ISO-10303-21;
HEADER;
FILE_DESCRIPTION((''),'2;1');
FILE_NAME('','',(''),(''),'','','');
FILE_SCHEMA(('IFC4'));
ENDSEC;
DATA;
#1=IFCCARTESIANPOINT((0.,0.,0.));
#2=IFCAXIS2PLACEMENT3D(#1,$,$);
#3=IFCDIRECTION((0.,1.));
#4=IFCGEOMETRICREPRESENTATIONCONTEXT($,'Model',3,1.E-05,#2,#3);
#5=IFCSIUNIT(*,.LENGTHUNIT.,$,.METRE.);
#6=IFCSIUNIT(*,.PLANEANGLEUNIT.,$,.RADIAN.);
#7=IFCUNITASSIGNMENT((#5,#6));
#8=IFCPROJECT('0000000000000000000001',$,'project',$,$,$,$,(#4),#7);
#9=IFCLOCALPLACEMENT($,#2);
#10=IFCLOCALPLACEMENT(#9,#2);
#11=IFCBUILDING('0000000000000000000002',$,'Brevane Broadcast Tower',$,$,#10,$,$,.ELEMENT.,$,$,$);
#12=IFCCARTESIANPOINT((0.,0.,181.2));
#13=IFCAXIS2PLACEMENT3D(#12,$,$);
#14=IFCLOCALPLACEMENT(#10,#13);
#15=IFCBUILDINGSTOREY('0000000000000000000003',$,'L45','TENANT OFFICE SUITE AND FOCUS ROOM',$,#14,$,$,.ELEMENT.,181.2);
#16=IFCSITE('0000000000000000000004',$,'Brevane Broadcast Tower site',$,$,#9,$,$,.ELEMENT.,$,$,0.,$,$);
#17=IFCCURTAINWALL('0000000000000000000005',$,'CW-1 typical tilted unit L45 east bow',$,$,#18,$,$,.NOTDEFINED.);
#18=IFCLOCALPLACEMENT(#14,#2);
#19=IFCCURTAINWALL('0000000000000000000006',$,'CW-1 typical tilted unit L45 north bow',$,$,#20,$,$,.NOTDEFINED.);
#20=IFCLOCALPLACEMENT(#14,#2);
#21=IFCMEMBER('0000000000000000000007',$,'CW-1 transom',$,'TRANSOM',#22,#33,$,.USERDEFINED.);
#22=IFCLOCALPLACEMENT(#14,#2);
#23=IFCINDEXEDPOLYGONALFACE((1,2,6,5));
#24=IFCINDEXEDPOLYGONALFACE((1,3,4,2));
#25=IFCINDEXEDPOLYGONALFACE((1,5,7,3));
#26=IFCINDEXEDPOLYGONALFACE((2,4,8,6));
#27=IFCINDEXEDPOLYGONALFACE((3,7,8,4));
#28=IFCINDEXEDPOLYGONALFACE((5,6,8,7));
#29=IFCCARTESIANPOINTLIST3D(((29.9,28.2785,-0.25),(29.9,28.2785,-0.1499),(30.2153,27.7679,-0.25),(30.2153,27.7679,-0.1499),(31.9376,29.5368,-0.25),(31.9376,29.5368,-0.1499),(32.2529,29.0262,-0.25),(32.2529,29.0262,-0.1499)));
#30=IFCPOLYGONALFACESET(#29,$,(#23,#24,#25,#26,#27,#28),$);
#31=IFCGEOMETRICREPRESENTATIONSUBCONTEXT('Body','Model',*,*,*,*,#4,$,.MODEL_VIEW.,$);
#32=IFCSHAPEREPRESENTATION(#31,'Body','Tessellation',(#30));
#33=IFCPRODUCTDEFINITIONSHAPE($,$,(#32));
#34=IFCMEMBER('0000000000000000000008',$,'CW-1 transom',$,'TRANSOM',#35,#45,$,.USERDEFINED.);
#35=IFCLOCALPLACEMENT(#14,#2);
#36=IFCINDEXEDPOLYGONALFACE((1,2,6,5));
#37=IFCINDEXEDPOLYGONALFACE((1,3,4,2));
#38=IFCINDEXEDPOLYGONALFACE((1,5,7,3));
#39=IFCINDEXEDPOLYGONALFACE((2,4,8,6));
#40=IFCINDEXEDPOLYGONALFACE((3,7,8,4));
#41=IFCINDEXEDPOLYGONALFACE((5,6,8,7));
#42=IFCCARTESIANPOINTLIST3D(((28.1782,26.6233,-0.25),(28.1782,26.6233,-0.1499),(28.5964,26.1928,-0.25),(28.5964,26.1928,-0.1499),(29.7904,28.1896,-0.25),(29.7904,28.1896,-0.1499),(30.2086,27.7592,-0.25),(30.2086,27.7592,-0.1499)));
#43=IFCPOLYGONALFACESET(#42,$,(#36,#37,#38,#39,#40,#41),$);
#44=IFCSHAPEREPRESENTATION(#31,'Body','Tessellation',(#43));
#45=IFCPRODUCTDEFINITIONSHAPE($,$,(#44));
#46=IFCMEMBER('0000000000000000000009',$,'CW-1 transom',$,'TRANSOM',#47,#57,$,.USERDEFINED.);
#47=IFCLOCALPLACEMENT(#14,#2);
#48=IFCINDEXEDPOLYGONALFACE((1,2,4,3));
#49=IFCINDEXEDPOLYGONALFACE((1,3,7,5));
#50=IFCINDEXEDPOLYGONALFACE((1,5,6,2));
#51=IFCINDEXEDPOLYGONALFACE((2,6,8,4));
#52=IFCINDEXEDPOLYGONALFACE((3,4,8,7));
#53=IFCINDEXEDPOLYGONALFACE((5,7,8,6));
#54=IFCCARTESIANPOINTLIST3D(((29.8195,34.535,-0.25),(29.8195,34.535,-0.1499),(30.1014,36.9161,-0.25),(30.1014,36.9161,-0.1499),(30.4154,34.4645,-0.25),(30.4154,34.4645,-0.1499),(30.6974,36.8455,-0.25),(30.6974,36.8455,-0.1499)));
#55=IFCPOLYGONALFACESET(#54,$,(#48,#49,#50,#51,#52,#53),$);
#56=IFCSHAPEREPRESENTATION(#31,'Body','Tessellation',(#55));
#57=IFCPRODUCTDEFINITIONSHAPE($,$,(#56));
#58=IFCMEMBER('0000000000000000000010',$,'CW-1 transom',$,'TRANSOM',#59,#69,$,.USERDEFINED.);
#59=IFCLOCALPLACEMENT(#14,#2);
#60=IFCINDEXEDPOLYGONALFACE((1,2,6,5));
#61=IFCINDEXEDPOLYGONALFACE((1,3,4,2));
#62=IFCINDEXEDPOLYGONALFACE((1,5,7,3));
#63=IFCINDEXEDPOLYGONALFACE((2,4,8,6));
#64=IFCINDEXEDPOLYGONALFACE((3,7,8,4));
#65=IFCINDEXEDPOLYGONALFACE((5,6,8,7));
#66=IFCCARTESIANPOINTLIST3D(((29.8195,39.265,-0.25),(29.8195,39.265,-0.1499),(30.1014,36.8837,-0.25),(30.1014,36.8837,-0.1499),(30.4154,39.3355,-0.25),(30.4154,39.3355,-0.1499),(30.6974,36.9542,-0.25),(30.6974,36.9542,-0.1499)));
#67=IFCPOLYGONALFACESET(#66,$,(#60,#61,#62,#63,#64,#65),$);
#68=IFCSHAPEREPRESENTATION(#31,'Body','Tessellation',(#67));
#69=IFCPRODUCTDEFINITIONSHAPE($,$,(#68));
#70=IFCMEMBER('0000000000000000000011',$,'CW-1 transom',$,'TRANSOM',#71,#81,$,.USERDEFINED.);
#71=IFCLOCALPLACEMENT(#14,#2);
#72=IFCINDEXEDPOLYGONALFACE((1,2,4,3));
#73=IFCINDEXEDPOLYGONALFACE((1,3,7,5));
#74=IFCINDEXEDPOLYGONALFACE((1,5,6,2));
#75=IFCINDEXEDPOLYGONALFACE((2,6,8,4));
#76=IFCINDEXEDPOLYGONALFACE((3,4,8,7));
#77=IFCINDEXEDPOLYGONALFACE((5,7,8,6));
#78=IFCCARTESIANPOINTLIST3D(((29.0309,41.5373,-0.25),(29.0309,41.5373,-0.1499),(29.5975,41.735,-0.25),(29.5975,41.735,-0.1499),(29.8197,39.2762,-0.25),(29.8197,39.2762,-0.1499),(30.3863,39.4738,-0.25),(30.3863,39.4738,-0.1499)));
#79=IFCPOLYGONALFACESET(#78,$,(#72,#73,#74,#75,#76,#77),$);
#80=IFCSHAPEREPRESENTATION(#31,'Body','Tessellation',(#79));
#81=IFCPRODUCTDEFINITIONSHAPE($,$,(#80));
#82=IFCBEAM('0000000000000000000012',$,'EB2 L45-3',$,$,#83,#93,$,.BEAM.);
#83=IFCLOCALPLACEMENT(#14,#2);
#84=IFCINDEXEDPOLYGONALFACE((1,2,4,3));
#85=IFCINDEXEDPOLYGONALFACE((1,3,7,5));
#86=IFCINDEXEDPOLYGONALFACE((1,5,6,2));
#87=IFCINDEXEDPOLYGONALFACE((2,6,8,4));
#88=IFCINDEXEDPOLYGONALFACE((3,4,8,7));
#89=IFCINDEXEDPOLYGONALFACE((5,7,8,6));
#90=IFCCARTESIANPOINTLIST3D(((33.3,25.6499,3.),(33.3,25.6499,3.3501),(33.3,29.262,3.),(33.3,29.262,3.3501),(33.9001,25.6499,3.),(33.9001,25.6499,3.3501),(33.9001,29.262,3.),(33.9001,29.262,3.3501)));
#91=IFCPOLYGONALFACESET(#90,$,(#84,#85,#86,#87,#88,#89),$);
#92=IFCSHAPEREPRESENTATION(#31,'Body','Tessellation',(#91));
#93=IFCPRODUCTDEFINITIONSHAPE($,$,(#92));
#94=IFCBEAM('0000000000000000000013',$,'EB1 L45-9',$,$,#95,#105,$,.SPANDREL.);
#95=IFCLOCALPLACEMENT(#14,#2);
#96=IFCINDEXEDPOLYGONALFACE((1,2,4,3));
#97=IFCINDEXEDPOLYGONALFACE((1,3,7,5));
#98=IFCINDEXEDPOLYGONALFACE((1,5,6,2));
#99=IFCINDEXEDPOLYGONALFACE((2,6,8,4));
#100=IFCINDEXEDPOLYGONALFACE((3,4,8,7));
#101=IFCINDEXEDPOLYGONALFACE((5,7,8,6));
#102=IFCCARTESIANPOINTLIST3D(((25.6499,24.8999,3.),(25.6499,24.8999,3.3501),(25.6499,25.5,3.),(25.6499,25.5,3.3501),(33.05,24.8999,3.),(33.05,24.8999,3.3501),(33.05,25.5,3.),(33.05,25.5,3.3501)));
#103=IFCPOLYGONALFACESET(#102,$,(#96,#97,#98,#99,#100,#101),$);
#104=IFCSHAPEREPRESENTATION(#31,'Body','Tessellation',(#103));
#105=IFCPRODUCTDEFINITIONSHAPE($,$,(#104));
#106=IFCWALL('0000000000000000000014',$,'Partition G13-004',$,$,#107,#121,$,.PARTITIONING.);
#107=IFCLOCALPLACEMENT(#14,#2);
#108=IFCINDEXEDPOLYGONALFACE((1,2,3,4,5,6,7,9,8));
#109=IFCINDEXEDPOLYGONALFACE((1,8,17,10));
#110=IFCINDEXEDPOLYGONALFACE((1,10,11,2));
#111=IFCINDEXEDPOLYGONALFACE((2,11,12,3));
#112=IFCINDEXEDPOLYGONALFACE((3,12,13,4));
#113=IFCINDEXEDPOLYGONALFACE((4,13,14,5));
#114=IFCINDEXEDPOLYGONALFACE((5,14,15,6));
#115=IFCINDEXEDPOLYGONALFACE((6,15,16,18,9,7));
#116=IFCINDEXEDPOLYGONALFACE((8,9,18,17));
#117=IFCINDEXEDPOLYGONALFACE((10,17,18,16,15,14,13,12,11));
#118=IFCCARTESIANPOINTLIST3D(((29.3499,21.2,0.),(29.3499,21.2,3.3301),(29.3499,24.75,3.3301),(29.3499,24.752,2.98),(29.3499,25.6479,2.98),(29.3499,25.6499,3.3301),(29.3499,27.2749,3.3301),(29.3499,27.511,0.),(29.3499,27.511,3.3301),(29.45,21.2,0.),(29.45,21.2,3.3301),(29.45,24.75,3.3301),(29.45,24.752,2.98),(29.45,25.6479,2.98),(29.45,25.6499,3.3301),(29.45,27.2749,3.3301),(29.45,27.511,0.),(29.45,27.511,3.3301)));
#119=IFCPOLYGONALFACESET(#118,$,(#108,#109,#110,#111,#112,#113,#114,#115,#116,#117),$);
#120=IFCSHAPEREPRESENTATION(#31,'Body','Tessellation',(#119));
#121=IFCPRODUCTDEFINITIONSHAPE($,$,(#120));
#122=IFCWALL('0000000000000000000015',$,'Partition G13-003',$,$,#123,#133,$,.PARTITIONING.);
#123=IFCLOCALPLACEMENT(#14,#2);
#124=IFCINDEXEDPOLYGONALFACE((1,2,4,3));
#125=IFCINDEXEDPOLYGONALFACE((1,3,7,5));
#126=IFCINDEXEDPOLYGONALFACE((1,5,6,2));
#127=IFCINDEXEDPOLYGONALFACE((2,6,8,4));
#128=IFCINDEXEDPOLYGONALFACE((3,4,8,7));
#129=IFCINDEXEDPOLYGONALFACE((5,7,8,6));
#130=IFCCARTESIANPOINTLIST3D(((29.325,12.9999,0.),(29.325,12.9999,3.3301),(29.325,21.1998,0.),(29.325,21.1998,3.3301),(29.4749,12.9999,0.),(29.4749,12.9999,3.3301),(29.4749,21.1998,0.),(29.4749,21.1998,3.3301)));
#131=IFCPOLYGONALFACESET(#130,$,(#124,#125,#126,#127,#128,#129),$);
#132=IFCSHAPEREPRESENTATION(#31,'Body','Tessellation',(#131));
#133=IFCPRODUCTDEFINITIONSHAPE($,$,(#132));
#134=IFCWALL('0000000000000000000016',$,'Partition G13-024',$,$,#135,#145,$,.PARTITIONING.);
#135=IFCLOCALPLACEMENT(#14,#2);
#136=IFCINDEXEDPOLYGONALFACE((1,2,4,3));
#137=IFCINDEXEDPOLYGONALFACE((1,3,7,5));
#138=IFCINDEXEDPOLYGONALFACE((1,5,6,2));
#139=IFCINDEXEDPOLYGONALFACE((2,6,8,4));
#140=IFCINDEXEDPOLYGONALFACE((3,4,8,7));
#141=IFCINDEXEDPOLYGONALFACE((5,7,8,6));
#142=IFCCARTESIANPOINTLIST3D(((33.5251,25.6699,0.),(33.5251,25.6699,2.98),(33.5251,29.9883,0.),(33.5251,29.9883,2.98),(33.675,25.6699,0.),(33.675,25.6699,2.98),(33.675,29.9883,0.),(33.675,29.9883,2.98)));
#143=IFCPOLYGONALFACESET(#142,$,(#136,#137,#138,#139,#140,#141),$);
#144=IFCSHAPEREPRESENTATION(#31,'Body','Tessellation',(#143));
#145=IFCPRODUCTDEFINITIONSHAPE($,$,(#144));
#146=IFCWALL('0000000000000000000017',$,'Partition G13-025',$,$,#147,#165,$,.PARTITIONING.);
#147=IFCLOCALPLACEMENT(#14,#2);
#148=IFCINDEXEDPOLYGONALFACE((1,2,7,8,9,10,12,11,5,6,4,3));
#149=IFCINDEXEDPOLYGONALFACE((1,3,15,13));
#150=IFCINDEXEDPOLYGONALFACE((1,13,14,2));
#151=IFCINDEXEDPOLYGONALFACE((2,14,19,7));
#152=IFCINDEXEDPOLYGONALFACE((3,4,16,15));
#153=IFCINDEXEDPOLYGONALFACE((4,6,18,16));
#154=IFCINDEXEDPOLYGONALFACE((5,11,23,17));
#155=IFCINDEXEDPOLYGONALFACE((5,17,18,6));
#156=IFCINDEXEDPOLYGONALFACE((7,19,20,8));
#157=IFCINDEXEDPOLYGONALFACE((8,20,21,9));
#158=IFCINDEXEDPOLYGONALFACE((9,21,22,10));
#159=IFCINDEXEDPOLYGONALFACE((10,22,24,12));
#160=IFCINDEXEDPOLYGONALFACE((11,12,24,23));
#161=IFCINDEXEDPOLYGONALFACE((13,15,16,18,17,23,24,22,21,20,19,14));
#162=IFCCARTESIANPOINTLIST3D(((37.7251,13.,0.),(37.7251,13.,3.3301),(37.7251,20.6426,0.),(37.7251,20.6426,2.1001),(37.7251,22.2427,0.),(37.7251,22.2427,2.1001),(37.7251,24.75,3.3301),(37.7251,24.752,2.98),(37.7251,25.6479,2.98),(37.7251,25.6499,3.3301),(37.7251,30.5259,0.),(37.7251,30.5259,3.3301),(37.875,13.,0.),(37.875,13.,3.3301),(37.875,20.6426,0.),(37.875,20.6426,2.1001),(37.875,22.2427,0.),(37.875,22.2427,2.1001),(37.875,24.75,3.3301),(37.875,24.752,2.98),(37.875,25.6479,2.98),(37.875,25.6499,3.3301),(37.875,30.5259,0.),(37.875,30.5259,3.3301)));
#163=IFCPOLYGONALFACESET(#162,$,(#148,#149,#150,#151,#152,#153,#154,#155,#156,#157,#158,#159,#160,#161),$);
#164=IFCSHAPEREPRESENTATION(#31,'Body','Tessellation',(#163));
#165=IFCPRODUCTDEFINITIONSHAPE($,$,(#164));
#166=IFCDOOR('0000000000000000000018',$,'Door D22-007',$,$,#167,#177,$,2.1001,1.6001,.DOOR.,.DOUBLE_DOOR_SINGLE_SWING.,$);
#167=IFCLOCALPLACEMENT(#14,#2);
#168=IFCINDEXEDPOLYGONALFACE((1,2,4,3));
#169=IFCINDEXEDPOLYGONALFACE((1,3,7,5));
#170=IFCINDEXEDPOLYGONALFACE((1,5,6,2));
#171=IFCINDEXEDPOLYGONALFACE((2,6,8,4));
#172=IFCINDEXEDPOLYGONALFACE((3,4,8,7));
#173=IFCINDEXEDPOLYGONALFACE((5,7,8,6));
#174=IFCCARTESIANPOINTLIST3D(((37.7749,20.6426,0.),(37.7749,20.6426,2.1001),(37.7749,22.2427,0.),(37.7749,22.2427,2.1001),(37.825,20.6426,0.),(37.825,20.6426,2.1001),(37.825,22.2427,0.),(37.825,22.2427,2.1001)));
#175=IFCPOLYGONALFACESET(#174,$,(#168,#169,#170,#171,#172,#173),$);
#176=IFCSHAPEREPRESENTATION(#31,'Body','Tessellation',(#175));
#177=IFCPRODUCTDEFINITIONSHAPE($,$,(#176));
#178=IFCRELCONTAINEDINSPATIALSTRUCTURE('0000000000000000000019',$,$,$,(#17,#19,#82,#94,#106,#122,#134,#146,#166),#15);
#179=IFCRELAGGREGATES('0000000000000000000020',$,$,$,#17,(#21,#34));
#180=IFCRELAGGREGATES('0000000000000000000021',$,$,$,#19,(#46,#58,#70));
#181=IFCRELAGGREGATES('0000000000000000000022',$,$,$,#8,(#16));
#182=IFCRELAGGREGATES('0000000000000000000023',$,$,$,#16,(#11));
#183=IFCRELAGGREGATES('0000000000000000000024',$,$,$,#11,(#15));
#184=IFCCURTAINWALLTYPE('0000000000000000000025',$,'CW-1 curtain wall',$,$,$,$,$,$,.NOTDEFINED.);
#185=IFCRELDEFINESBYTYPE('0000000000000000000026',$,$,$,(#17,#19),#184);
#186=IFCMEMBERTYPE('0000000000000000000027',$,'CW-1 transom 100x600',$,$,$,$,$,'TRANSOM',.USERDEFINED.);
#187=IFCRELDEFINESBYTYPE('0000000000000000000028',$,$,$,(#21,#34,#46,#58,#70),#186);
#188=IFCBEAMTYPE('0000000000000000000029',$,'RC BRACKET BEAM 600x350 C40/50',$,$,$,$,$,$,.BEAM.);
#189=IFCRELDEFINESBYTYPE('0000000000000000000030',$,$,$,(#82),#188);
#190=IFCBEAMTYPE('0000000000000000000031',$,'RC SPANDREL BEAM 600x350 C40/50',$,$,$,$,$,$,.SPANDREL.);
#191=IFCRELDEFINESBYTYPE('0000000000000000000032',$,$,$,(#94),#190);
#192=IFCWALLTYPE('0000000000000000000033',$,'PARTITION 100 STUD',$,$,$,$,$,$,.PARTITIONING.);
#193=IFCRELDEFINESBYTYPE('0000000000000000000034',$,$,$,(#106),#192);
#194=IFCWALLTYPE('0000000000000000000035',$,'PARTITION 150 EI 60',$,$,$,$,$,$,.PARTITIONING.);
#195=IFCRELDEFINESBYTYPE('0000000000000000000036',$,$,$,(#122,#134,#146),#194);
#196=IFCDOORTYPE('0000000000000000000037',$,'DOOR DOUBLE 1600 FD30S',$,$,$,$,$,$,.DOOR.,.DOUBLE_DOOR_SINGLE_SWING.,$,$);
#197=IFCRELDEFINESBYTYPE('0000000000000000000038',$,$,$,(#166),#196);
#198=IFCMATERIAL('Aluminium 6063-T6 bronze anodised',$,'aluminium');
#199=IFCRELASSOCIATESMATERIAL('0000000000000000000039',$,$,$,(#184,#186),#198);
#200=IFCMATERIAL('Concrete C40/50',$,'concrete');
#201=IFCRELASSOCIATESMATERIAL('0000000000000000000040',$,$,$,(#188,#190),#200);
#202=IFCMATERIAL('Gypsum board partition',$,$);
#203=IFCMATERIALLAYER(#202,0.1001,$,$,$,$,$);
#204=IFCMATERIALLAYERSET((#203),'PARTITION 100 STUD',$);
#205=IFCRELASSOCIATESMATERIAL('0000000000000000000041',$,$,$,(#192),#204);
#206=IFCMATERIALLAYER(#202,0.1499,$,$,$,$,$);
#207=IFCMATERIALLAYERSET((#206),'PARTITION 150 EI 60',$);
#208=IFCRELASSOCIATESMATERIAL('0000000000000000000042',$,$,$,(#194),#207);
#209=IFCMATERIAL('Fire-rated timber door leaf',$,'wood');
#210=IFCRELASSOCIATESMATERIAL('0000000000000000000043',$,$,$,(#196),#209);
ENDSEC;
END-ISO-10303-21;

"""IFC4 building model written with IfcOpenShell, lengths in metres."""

from ifc_helpers import new_model, si_unit, direction, frame, frame_2d, origin, origin_2d, place, context, subcontext, project, spatial, polyline, rectangle, outline, extrude, material, layer, layer_set, material_profile, profile_set, type_object, element, fill, aggregate, save


model = new_model("IFC4")

# Units and contexts
model_context = context("Model", 3, precision=1e-05, world=origin(), true_north=direction((0.0, 1.0)))
body_context = subcontext(model_context, "Body", "Model", "MODEL_VIEW")
ifc_project = project(units=[si_unit("LENGTHUNIT", "METRE"), si_unit("PLANEANGLEUNIT", "RADIAN")], contexts=[model_context])

# Site, building, storey
site_placement = place(None, origin())
site = spatial("IfcSite", under=ifc_project, at=site_placement, Name="Brevane Broadcast Tower site", CompositionType="ELEMENT", RefElevation=0.0)
building_placement = place(site_placement, origin())
building = spatial("IfcBuilding", under=site, at=building_placement, Name="Brevane Broadcast Tower", CompositionType="ELEMENT")
storey_placement = place(building_placement, frame((0.0, 0.0, 181.2)))
storey = spatial("IfcBuildingStorey", under=building, at=storey_placement, Name="L45", Description="TENANT OFFICE SUITE AND FOCUS ROOM", CompositionType="ELEMENT", Elevation=181.2)

# Curtain walls
ifc_material_1 = material(Name="Aluminium 6063-T6 bronze anodised", Category="aluminium")
curtain_wall_type = type_object("IfcCurtainWallType", Name="CW-1 curtain wall", PredefinedType="NOTDEFINED", material=ifc_material_1)
curtain_wall_1_placement = place(storey_placement, origin())
curtain_wall_1 = element("IfcCurtainWall", 1, at=curtain_wall_1_placement, inside=storey, type_object=curtain_wall_type, Name="CW-1 typical tilted unit L45 east bow", PredefinedType="NOTDEFINED")
curtain_wall_2_placement = place(storey_placement, origin())
curtain_wall_2 = element("IfcCurtainWall", 2, at=curtain_wall_2_placement, inside=storey, type_object=curtain_wall_type, Name="CW-1 typical tilted unit L45 north bow", PredefinedType="NOTDEFINED")

# Members
ifc_material_profile_1 = material_profile(ifc_material_1, rectangle(XDim=0.6001, YDim=0.1001, at=origin_2d()), Name="RECT 100x600")
ifc_profile_set_1 = profile_set([ifc_material_profile_1], Name="Aluminium 6063-T6 bronze anodised")
member_type_1 = type_object("IfcMemberType", Name="CW-1 transom 100x600", ElementType="TRANSOM", PredefinedType="USERDEFINED", material=ifc_profile_set_1)
member_1_placement = place(storey_placement, frame((32.0952, 29.2815, -0.2), z_axis=(-0.850838, -0.525428, 0.0), x_axis=(0.525428, -0.850838, 0.0)))
member_1 = element("IfcMember", 3, at=member_1_placement, type_object=member_type_1, Name="CW-1 transom", ObjectType="TRANSOM", PredefinedType="USERDEFINED", context=body_context, shape_type="SweptSolid", body=[
    extrude(rectangle(XDim=0.6001, YDim=0.1001, at=origin_2d()), origin(), (0.0, 0.0, 1.0), 2.3948),
])
member_2_placement = place(storey_placement, frame((29.9995, 27.9744, -0.2), z_axis=(-0.717242, -0.696824, 0.0), x_axis=(0.696824, -0.717242, 0.0)))
member_2 = element("IfcMember", 4, at=member_2_placement, type_object=member_type_1, Name="CW-1 transom", ObjectType="TRANSOM", PredefinedType="USERDEFINED", context=body_context, shape_type="SweptSolid", body=[
    extrude(rectangle(XDim=0.6001, YDim=0.1001, at=origin_2d()), origin(), (0.0, 0.0, 1.0), 2.2478),
])
aggregate(curtain_wall_1, [member_1, member_2])
member_3_placement = place(storey_placement, frame((30.1174, 34.4998, -0.2), z_axis=(0.117603, 0.993061, 0.0), x_axis=(-0.993061, 0.117603, 0.0)))
member_3 = element("IfcMember", 5, at=member_3_placement, type_object=member_type_1, Name="CW-1 transom", ObjectType="TRANSOM", PredefinedType="USERDEFINED", context=body_context, shape_type="SweptSolid", body=[
    extrude(rectangle(XDim=0.6001, YDim=0.1001, at=origin_2d()), origin(), (0.0, 0.0, 1.0), 2.3977),
])
member_4_placement = place(storey_placement, frame((30.3994, 36.9189, -0.2), z_axis=(-0.117591, 0.993062, 0.0), x_axis=(-0.993062, -0.117591, 0.0)))
member_4 = element("IfcMember", 6, at=member_4_placement, type_object=member_type_1, Name="CW-1 transom", ObjectType="TRANSOM", PredefinedType="USERDEFINED", context=body_context, shape_type="SweptSolid", body=[
    extrude(rectangle(XDim=0.6001, YDim=0.1001, at=origin_2d()), origin(), (0.0, 0.0, 1.0), 2.3979),
])
member_5_placement = place(storey_placement, frame((30.103, 39.375, -0.2), z_axis=(-0.329378, 0.944198, 0.0), x_axis=(-0.944198, -0.329378, 0.0)))
member_5 = element("IfcMember", 7, at=member_5_placement, type_object=member_type_1, Name="CW-1 transom", ObjectType="TRANSOM", PredefinedType="USERDEFINED", context=body_context, shape_type="SweptSolid", body=[
    extrude(rectangle(XDim=0.6001, YDim=0.1001, at=origin_2d()), origin(), (0.0, 0.0, 1.0), 2.3948),
])
aggregate(curtain_wall_2, [member_3, member_4, member_5])

# Beams
ifc_material_2 = material(Name="Concrete C40/50", Category="concrete")
ifc_material_profile_2 = material_profile(ifc_material_2, rectangle(XDim=0.6001, YDim=0.3501, at=origin_2d()), Name="RC 600x350")
ifc_profile_set_2 = profile_set([ifc_material_profile_2], Name="Concrete C40/50")
beam_type_1 = type_object("IfcBeamType", Name="RC BRACKET BEAM 600x350 C40/50", PredefinedType="BEAM", material=ifc_profile_set_2)
beam_1_placement = place(storey_placement, frame((33.6001, 25.6499, 3.175), z_axis=(0.0, 1.0, 0.0), x_axis=(-1.0, 0.0, 0.0)))
element("IfcBeam", 8, at=beam_1_placement, inside=storey, type_object=beam_type_1, Name="EB2 L45-3", PredefinedType="BEAM", context=body_context, shape_type="SweptSolid", body=[
    extrude(rectangle(XDim=0.6001, YDim=0.3501, at=origin_2d()), origin(), (0.0, 0.0, 1.0), 3.6121),
])
ifc_material_profile_3 = material_profile(ifc_material_2, rectangle(XDim=0.6001, YDim=0.3501, at=origin_2d()), Name="RC 600x350")
ifc_profile_set_3 = profile_set([ifc_material_profile_3], Name="Concrete C40/50")
beam_type_2 = type_object("IfcBeamType", Name="RC SPANDREL BEAM 600x350 C40/50", PredefinedType="SPANDREL", material=ifc_profile_set_3)
beam_2_placement = place(storey_placement, frame((33.05, 25.2, 3.175), z_axis=(-1.0, 0.0, 0.0), x_axis=(0.0, -1.0, 0.0)))
element("IfcBeam", 9, at=beam_2_placement, inside=storey, type_object=beam_type_2, Name="EB1 L45-9", PredefinedType="SPANDREL", context=body_context, shape_type="SweptSolid", body=[
    extrude(rectangle(XDim=0.6001, YDim=0.3501, at=origin_2d()), origin(), (0.0, 0.0, 1.0), 7.4001),
])

# Walls
ifc_material_3 = material(Name="Gypsum board partition")
ifc_layer_1 = layer(ifc_material_3, 0.1001)
ifc_layer_set_1 = layer_set([ifc_layer_1], Name="PARTITION 100 STUD")
wall_type_1 = type_object("IfcWallType", Name="PARTITION 100 STUD", PredefinedType="PARTITIONING", material=ifc_layer_set_1)
wall_1_placement = place(storey_placement, frame((29.3999, 27.511, 0.0), z_axis=(0.0, 0.0, 1.0), x_axis=(0.0, -1.0, 0.0)))
element("IfcWall", 10, at=wall_1_placement, inside=storey, type_object=wall_type_1, Name="Partition G13-004", PredefinedType="PARTITIONING", context=body_context, shape_type="SweptSolid", body=[
    extrude(outline(polyline([(0.0, 0.0), (6.311, 0.0), (6.311, 3.3301), (2.761, 3.3301), (2.759, 2.98), (1.863, 2.98), (1.8611, 3.3301), (0.2361, 3.3301), (0.0, 3.3301), (0.0, 0.0)])), frame((0.0, 0.05, 0.0), z_axis=(0.0, -1.0, 0.0), x_axis=(1.0, 0.0, 0.0)), (0.0, 0.0, 1.0), 0.1001),
])
ifc_layer_2 = layer(ifc_material_3, 0.1499)
ifc_layer_set_2 = layer_set([ifc_layer_2], Name="PARTITION 150 EI 60")
wall_type_2 = type_object("IfcWallType", Name="PARTITION 150 EI 60", PredefinedType="PARTITIONING", material=ifc_layer_set_2)
wall_2_placement = place(storey_placement, frame((29.3999, 21.2, 0.0), z_axis=(0.0, 0.0, 1.0), x_axis=(0.0, -1.0, 0.0)))
element("IfcWall", 11, at=wall_2_placement, inside=storey, type_object=wall_type_2, Name="Partition G13-003", PredefinedType="PARTITIONING", context=body_context, shape_type="SweptSolid", body=[
    extrude(rectangle(XDim=8.2, YDim=0.1499, at=frame_2d((4.1001, 0.0))), origin(), (0.0, 0.0, 1.0), 3.3301),
])
wall_3_placement = place(storey_placement, frame((33.6001, 25.6699, 0.0), z_axis=(0.0, 0.0, 1.0), x_axis=(0.0, 1.0, 0.0)))
element("IfcWall", 12, at=wall_3_placement, inside=storey, type_object=wall_type_2, Name="Partition G13-024", PredefinedType="PARTITIONING", context=body_context, shape_type="SweptSolid", body=[
    extrude(rectangle(XDim=4.3184, YDim=0.1499, at=frame_2d((2.1592, 0.0))), origin(), (0.0, 0.0, 1.0), 2.98),
])

# Wall, opening, door
wall_4_placement = place(storey_placement, frame((37.8, 30.5259, 0.0), z_axis=(0.0, 0.0, 1.0), x_axis=(0.0, -1.0, 0.0)))
wall_4 = element("IfcWall", 13, at=wall_4_placement, inside=storey, type_object=wall_type_2, Name="Partition G13-025", PredefinedType="PARTITIONING", context=body_context, shape_type="SweptSolid", body=[
    extrude(outline(polyline([(0.0, 0.0), (17.5259, 0.0), (17.5259, 3.3301), (5.7759, 3.3301), (5.7739, 2.98), (4.8779, 2.98), (4.876, 3.3301), (0.2832, 3.3301), (0.0, 3.3301), (0.0, 0.0)])), frame((0.0, 0.075, 0.0), z_axis=(0.0, -1.0, 0.0), x_axis=(1.0, 0.0, 0.0)), (0.0, 0.0, 1.0), 0.1499),
])
opening_placement = place(wall_4_placement, frame((8.2832, 0.0, 0.0)))
opening = element("IfcOpeningElement", 14, at=opening_placement, cuts=wall_4, PredefinedType="OPENING", context=body_context, shape_type="SweptSolid", body=[
    extrude(rectangle(XDim=1.6001, YDim=2.1001, at=frame_2d((0.8, 1.05))), frame((0.0, 0.085, 0.0), z_axis=(0.0, -1.0, 0.0), x_axis=(1.0, 0.0, 0.0)), (0.0, 0.0, 1.0), 0.1699),
])
ifc_material_4 = material(Name="Fire-rated timber door leaf", Category="wood")
door_type = type_object("IfcDoorType", Name="DOOR DOUBLE 1600 FD30S", OperationType="DOUBLE_DOOR_SINGLE_SWING", PredefinedType="DOOR", material=ifc_material_4)
door_placement = place(opening_placement, origin())
door = element("IfcDoor", 15, at=door_placement, inside=storey, type_object=door_type, Name="Door D22-007", OperationType="DOUBLE_DOOR_SINGLE_SWING", OverallHeight=2.1001, OverallWidth=1.6001, PredefinedType="DOOR", context=body_context, shape_type="SweptSolid", body=[
    extrude(rectangle(XDim=1.6001, YDim=2.1001, at=frame_2d((0.8, 1.05))), frame((0.0, 0.0249, 0.0), z_axis=(0.0, -1.0, 0.0), x_axis=(1.0, 0.0, 0.0)), (0.0, 0.0, 1.0), 0.05),
])
fill(opening, door)

save(model, "model.ifc")
